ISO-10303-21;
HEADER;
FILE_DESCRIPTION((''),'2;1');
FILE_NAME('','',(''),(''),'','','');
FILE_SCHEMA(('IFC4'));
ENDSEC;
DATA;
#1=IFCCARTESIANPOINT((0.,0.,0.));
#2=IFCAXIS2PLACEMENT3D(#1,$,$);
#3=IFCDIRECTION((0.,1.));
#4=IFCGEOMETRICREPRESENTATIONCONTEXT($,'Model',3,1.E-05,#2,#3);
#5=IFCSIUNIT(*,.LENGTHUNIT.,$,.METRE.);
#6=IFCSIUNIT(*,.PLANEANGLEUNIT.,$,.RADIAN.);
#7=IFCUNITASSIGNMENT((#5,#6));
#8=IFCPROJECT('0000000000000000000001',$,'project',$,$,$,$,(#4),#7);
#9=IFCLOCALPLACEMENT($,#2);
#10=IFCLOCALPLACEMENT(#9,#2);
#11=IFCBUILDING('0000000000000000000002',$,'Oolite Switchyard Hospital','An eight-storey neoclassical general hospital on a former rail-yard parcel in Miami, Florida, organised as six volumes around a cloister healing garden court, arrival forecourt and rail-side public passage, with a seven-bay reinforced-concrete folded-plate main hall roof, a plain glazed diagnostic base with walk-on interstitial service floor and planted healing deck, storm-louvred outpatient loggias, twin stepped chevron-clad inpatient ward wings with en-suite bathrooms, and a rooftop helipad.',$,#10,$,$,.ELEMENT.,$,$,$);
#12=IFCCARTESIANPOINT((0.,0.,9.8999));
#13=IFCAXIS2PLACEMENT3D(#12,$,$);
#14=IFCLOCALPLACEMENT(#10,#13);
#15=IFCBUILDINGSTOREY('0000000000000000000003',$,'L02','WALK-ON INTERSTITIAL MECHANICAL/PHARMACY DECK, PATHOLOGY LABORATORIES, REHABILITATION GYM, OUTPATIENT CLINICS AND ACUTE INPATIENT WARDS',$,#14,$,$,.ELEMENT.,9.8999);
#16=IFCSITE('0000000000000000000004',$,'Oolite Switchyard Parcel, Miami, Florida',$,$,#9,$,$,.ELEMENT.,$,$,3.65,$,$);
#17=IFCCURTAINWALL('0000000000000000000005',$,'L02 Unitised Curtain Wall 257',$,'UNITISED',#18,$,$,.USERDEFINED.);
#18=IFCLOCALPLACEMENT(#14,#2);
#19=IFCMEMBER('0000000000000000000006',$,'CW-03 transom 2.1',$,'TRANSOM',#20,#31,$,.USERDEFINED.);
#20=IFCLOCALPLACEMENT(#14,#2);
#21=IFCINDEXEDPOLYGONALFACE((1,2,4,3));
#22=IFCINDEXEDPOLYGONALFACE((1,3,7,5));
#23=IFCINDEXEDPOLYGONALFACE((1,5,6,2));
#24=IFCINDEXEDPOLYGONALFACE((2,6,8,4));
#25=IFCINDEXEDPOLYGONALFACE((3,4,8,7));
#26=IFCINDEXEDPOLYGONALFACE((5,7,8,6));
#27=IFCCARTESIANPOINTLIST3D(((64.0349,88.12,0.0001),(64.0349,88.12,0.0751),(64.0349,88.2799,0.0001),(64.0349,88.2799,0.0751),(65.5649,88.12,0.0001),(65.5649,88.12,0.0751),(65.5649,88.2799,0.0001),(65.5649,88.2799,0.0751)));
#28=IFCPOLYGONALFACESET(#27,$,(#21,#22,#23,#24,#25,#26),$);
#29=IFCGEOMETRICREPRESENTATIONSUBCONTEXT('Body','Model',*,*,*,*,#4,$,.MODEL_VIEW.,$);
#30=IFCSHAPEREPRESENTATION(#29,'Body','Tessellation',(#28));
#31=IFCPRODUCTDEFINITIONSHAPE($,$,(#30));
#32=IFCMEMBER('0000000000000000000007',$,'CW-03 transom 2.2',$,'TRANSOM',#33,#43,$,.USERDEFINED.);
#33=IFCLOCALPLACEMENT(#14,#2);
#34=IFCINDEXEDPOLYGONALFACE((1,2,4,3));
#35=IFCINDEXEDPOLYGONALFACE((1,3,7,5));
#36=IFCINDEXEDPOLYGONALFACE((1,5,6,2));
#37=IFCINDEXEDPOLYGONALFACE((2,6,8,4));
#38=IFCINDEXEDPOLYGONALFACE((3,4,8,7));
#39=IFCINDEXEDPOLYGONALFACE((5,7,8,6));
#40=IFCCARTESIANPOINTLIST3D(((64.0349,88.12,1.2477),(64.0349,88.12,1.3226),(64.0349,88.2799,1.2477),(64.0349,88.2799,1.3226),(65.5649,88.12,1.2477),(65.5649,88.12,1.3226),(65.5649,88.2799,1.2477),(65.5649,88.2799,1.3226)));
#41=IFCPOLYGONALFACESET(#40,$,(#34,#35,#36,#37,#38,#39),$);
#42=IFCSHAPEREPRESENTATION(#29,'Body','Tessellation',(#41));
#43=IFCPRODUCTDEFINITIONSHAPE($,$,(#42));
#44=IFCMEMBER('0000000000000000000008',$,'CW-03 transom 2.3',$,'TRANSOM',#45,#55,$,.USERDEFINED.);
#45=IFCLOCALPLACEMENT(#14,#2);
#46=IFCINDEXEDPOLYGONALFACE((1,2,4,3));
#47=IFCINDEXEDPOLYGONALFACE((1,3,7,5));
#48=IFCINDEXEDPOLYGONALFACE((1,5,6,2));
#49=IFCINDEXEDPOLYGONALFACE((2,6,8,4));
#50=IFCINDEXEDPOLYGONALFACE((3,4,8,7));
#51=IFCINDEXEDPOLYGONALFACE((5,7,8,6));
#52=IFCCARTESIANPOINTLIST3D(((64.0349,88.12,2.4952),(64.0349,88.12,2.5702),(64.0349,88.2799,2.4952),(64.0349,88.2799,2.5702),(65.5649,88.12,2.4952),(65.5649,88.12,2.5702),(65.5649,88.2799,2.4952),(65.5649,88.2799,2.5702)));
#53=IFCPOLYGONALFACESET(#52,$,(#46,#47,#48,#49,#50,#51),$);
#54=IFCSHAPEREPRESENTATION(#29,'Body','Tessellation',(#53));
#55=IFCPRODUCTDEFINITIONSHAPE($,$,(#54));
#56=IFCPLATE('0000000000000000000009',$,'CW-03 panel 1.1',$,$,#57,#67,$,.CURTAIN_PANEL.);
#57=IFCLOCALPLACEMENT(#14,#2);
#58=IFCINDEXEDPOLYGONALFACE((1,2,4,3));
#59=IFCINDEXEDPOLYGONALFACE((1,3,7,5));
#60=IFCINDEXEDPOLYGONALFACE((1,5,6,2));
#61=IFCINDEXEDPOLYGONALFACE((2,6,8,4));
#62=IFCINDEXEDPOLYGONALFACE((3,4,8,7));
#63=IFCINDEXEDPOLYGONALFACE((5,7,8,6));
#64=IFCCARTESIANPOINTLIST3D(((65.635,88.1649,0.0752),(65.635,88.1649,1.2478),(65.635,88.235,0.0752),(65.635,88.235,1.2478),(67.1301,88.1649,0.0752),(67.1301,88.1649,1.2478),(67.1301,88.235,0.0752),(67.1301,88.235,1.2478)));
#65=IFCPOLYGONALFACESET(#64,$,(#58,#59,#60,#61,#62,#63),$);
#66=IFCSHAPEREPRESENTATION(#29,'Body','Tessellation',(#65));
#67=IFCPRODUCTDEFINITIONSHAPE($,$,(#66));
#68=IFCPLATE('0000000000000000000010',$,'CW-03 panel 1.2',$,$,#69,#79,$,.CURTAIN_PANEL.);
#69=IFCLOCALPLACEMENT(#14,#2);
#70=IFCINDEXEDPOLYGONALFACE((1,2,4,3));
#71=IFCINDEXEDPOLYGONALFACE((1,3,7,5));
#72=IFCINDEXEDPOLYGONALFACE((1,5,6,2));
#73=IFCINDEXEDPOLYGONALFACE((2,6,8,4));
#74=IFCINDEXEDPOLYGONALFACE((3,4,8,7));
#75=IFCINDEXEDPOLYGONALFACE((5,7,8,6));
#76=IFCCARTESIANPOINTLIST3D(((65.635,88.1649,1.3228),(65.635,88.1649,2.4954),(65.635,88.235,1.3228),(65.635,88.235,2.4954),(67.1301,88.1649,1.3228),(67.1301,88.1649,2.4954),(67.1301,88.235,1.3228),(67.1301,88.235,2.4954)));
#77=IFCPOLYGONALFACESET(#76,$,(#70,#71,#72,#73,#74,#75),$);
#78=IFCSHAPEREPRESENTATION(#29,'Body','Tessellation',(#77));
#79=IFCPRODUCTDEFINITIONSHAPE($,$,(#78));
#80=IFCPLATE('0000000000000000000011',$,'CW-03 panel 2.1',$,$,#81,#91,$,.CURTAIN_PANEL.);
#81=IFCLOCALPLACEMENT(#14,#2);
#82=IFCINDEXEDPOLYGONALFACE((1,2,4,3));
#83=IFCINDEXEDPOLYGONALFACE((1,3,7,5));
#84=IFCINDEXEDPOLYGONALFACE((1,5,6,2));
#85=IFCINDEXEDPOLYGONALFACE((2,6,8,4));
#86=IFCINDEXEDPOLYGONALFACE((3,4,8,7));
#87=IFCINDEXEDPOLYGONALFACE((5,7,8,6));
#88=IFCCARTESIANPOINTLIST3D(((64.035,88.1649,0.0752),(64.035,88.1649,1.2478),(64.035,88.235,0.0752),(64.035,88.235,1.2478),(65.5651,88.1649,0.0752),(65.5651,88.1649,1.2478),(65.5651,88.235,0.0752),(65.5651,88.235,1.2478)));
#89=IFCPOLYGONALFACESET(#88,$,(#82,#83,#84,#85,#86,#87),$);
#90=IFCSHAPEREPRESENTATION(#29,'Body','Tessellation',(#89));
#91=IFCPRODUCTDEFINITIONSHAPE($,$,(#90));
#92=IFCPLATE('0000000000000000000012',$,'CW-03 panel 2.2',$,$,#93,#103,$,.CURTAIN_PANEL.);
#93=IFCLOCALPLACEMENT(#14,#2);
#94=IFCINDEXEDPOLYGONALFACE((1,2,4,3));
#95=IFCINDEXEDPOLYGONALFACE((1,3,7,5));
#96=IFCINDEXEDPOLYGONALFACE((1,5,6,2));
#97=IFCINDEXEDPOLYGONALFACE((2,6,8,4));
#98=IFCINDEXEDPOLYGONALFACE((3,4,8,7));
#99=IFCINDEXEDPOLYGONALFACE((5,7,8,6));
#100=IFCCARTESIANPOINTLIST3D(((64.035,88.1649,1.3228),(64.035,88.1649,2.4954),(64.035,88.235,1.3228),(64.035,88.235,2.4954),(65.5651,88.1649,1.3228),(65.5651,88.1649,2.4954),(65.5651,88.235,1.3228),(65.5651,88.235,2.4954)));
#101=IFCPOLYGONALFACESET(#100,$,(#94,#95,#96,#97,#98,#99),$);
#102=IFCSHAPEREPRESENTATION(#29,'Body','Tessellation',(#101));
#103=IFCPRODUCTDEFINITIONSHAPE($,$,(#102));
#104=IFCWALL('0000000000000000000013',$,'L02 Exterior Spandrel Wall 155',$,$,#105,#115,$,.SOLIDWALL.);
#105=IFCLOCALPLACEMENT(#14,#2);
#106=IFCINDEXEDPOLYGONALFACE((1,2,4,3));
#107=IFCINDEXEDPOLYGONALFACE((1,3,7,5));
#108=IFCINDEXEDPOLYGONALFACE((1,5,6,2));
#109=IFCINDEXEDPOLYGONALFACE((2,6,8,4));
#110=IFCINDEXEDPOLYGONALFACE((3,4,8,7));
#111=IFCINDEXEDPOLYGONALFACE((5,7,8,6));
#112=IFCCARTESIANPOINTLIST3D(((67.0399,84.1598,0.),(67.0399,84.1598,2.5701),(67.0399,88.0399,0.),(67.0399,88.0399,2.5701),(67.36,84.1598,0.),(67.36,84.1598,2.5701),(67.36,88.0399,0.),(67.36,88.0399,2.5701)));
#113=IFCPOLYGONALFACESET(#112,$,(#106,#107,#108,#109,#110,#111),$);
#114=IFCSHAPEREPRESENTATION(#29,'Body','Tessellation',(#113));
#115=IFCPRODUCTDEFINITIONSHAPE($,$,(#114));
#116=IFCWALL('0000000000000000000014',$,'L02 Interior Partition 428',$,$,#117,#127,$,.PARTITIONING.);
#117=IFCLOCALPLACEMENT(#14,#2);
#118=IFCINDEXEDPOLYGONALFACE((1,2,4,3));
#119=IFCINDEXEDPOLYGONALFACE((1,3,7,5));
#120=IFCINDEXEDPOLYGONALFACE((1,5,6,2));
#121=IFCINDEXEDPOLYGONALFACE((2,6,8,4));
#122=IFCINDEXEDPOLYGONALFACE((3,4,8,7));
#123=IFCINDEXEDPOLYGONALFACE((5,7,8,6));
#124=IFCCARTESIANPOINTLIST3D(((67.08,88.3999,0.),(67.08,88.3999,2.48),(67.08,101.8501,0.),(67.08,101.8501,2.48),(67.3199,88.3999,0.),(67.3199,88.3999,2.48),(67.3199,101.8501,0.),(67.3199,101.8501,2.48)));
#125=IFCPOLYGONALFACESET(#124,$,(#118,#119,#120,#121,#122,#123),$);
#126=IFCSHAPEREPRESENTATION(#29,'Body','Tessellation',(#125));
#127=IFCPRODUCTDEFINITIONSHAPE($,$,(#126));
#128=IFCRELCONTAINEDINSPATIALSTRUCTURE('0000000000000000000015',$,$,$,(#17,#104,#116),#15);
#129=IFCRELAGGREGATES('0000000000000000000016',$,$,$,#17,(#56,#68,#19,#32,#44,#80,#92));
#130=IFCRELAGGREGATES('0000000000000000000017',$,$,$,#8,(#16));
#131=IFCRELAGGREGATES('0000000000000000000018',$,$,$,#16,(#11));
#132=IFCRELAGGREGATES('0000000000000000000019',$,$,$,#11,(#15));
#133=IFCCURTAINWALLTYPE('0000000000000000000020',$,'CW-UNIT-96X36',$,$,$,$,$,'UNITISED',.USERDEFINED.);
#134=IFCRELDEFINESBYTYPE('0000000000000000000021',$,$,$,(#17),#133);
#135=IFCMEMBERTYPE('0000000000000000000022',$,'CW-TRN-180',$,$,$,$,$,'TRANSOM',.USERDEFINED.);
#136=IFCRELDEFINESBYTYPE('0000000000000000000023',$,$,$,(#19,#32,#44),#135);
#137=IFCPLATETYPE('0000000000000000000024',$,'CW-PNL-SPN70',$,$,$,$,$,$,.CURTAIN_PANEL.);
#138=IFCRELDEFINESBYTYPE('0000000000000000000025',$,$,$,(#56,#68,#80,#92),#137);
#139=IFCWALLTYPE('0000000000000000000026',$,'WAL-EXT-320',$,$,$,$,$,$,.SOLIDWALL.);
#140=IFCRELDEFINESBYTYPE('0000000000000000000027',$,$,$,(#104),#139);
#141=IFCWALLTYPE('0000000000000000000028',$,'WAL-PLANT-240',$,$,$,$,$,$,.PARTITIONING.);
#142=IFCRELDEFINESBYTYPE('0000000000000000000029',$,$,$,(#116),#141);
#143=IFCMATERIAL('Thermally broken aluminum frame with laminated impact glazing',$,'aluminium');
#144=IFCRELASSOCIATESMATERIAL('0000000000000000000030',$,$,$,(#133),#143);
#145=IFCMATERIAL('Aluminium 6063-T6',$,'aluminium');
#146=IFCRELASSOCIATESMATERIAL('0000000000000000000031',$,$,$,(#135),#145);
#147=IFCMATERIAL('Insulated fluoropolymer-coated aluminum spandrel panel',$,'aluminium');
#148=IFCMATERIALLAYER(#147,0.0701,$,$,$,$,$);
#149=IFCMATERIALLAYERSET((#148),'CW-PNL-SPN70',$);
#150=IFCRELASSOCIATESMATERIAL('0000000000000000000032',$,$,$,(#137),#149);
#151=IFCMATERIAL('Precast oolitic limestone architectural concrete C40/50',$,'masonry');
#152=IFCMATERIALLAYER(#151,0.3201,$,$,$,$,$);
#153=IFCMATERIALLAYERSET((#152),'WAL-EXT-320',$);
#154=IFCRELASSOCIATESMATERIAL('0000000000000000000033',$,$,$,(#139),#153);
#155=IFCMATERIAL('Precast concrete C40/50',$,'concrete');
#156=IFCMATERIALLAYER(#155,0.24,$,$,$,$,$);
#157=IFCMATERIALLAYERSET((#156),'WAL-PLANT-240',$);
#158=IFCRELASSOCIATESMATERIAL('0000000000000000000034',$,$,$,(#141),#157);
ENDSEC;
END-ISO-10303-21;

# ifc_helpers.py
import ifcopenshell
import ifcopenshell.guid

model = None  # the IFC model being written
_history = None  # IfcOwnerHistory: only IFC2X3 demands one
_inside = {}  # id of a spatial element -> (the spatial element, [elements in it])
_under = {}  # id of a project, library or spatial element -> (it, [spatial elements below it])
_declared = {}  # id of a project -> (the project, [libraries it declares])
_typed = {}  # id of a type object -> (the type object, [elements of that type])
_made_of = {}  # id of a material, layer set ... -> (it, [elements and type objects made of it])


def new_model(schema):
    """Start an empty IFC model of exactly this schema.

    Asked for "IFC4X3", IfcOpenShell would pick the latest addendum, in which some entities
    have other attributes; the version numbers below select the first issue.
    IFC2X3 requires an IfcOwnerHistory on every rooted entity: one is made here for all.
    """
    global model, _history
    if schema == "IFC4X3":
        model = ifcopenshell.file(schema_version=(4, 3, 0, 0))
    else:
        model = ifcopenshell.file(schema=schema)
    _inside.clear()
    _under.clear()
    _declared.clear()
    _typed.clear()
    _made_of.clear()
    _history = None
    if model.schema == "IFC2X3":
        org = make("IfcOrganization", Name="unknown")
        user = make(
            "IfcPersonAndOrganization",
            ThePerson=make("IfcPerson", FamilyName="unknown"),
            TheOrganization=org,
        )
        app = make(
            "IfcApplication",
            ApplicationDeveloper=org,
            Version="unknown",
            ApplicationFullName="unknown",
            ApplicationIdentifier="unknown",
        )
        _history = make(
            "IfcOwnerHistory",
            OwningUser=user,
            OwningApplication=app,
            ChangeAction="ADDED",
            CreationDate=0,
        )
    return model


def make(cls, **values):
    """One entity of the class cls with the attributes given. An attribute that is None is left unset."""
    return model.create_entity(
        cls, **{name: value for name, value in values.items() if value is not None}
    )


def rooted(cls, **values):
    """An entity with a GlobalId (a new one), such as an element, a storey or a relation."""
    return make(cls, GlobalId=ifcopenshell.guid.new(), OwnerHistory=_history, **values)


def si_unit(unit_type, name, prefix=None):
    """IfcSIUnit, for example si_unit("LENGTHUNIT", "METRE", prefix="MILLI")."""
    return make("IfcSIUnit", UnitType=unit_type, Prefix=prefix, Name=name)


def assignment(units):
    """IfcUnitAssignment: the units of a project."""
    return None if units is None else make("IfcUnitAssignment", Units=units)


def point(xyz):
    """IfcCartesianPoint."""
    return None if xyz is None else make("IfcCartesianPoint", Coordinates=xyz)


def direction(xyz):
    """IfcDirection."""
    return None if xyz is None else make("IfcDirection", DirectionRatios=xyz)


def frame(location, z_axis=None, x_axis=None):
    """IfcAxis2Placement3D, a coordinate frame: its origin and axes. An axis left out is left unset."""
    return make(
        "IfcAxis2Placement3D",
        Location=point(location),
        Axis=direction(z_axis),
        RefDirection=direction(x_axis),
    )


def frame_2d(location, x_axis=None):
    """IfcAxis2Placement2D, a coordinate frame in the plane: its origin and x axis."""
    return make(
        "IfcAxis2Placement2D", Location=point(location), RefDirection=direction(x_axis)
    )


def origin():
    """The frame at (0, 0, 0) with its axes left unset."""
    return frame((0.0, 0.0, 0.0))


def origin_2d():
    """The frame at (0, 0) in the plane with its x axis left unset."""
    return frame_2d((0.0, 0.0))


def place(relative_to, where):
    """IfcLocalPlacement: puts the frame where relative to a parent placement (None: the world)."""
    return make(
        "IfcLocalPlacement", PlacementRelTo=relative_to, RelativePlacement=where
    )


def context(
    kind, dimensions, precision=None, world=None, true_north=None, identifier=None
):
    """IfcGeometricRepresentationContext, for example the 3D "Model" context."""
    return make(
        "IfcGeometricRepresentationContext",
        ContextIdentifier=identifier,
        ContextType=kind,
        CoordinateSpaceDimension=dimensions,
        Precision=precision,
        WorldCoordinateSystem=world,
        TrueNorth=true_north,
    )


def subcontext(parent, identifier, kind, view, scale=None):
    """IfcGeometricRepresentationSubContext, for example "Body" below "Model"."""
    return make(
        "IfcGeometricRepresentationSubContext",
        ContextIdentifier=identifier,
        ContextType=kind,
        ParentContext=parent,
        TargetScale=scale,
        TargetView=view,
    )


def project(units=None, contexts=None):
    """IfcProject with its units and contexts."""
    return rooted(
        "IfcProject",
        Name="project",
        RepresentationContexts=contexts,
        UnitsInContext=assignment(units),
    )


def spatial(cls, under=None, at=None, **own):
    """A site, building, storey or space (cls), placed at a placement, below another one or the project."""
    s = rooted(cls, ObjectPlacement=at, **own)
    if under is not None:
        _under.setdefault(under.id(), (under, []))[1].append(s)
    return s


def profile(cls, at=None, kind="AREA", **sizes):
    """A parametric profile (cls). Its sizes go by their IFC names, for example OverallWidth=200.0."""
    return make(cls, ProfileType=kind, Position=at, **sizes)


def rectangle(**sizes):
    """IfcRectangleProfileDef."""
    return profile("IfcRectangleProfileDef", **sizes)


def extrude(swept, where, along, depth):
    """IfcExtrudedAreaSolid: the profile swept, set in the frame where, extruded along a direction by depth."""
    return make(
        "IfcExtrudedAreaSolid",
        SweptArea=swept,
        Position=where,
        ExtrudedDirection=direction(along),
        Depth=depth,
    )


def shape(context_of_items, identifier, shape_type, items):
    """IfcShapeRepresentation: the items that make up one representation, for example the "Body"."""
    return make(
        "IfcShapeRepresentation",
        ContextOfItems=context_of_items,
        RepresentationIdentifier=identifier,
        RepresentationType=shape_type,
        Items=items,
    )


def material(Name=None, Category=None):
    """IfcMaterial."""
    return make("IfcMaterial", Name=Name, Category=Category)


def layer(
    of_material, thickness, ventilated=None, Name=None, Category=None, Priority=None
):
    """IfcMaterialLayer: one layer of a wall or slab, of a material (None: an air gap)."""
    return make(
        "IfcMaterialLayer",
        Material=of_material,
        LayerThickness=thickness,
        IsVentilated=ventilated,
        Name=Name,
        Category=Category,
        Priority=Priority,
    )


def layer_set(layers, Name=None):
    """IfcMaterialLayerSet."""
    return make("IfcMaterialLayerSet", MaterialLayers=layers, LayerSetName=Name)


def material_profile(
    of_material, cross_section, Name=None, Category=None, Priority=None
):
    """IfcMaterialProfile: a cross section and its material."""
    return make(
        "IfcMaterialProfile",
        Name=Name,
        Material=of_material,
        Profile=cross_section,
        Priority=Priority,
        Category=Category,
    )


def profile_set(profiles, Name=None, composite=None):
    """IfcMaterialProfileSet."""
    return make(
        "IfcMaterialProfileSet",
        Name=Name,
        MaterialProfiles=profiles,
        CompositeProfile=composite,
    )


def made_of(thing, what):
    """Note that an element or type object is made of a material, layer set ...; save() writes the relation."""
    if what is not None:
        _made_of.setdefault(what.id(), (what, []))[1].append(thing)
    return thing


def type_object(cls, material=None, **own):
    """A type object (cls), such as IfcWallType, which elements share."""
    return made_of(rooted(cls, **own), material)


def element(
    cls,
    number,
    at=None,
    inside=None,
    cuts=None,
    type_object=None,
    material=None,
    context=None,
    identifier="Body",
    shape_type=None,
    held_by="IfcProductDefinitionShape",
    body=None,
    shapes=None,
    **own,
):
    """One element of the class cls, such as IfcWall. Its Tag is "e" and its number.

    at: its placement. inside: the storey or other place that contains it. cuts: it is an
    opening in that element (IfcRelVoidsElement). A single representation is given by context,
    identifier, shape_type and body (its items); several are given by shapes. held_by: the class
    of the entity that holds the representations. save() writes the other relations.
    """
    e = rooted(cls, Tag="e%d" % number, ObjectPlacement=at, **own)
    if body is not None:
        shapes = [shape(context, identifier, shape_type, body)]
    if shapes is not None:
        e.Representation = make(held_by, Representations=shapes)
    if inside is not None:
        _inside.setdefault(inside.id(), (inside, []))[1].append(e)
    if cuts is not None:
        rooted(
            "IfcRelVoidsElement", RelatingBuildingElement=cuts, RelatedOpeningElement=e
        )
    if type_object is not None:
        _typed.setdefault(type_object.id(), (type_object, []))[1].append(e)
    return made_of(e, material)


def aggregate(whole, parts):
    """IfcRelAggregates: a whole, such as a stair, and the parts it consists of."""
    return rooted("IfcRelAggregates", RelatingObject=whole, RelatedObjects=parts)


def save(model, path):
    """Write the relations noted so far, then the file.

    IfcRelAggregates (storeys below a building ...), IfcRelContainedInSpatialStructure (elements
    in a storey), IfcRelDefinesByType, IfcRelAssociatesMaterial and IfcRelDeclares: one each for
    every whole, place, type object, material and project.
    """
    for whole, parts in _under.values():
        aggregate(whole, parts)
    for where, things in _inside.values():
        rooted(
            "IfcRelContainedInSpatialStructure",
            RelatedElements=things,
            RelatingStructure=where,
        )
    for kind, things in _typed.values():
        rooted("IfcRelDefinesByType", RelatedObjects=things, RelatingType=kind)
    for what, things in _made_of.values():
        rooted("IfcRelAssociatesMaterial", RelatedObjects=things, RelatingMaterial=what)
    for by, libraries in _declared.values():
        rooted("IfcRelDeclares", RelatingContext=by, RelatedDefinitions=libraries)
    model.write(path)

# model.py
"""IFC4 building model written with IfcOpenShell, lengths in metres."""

from ifc_helpers import new_model, si_unit, direction, frame, frame_2d, origin, origin_2d, place, context, subcontext, project, spatial, rectangle, extrude, material, layer, layer_set, material_profile, profile_set, type_object, element, aggregate, save


model = new_model("IFC4")

# Units and contexts
model_context = context("Model", 3, precision=1e-05, world=origin(), true_north=direction((0.0, 1.0)))
body_context = subcontext(model_context, "Body", "Model", "MODEL_VIEW")
ifc_project = project(units=[si_unit("LENGTHUNIT", "METRE"), si_unit("PLANEANGLEUNIT", "RADIAN")], contexts=[model_context])

# Site, building, storey
site_placement = place(None, origin())
site = spatial("IfcSite", under=ifc_project, at=site_placement, Name="Oolite Switchyard Parcel, Miami, Florida", CompositionType="ELEMENT", RefElevation=3.65)
building_placement = place(site_placement, origin())
building = spatial("IfcBuilding", under=site, at=building_placement, Name="Oolite Switchyard Hospital", Description="An eight-storey neoclassical general hospital on a former rail-yard parcel in Miami, Florida, organised as six volumes around a cloister healing garden court, arrival forecourt and rail-side public passage, with a seven-bay reinforced-concrete folded-plate main hall roof, a plain glazed diagnostic base with walk-on interstitial service floor and planted healing deck, storm-louvred outpatient loggias, twin stepped chevron-clad inpatient ward wings with en-suite bathrooms, and a rooftop helipad.", CompositionType="ELEMENT")
storey_placement = place(building_placement, frame((0.0, 0.0, 9.8999)))
storey = spatial("IfcBuildingStorey", under=building, at=storey_placement, Name="L02", Description="WALK-ON INTERSTITIAL MECHANICAL/PHARMACY DECK, PATHOLOGY LABORATORIES, REHABILITATION GYM, OUTPATIENT CLINICS AND ACUTE INPATIENT WARDS", CompositionType="ELEMENT", Elevation=9.8999)

# Curtain wall, members, plates
ifc_material_1 = material(Name="Thermally broken aluminum frame with laminated impact glazing", Category="aluminium")
curtain_wall_type = type_object("IfcCurtainWallType", Name="CW-UNIT-96X36", ElementType="UNITISED", PredefinedType="USERDEFINED", material=ifc_material_1)
curtain_wall_placement = place(storey_placement, origin())
curtain_wall = element("IfcCurtainWall", 1, at=curtain_wall_placement, inside=storey, type_object=curtain_wall_type, Name="L02 Unitised Curtain Wall 257", ObjectType="UNITISED", PredefinedType="USERDEFINED")
ifc_material_2 = material(Name="Aluminium 6063-T6", Category="aluminium")
ifc_material_profile_1 = material_profile(ifc_material_2, rectangle(XDim=0.1599, YDim=0.075, at=origin_2d()), Name="CWT75X160")
ifc_profile_set_1 = profile_set([ifc_material_profile_1], Name="Aluminium 6063-T6")
member_type_1 = type_object("IfcMemberType", Name="CW-TRN-180", ElementType="TRANSOM", PredefinedType="USERDEFINED", material=ifc_profile_set_1)
member_1_placement = place(storey_placement, frame((65.5649, 88.2, 0.0376), z_axis=(-1.0, 0.0, 0.0), x_axis=(0.0, -1.0, 0.0)))
member_1 = element("IfcMember", 2, at=member_1_placement, type_object=member_type_1, Name="CW-03 transom 2.1", ObjectType="TRANSOM", PredefinedType="USERDEFINED", context=body_context, shape_type="SweptSolid", body=[
    extrude(rectangle(XDim=0.1599, YDim=0.075, at=origin_2d()), origin(), (0.0, 0.0, 1.0), 1.53),
])
member_2_placement = place(storey_placement, frame((65.5649, 88.2, 1.2852), z_axis=(-1.0, 0.0, 0.0), x_axis=(0.0, -1.0, 0.0)))
member_2 = element("IfcMember", 3, at=member_2_placement, type_object=member_type_1, Name="CW-03 transom 2.2", ObjectType="TRANSOM", PredefinedType="USERDEFINED", context=body_context, shape_type="SweptSolid", body=[
    extrude(rectangle(XDim=0.1599, YDim=0.075, at=origin_2d()), origin(), (0.0, 0.0, 1.0), 1.53),
])
member_3_placement = place(storey_placement, frame((65.5649, 88.2, 2.5327), z_axis=(-1.0, 0.0, 0.0), x_axis=(0.0, -1.0, 0.0)))
member_3 = element("IfcMember", 4, at=member_3_placement, type_object=member_type_1, Name="CW-03 transom 2.3", ObjectType="TRANSOM", PredefinedType="USERDEFINED", context=body_context, shape_type="SweptSolid", body=[
    extrude(rectangle(XDim=0.1599, YDim=0.075, at=origin_2d()), origin(), (0.0, 0.0, 1.0), 1.53),
])
ifc_material_3 = material(Name="Insulated fluoropolymer-coated aluminum spandrel panel", Category="aluminium")
ifc_layer_1 = layer(ifc_material_3, 0.0701)
ifc_layer_set_1 = layer_set([ifc_layer_1], Name="CW-PNL-SPN70")
plate_type = type_object("IfcPlateType", Name="CW-PNL-SPN70", PredefinedType="CURTAIN_PANEL", material=ifc_layer_set_1)
plate_1_placement = place(storey_placement, frame((66.3826, 88.2, 0.0752), z_axis=(0.0, 0.0, 1.0), x_axis=(-1.0, 0.0, 0.0)))
plate_1 = element("IfcPlate", 5, at=plate_1_placement, type_object=plate_type, Name="CW-03 panel 1.1", PredefinedType="CURTAIN_PANEL", context=body_context, shape_type="SweptSolid", body=[
    extrude(rectangle(XDim=1.4951, YDim=0.0701, at=origin_2d()), origin(), (0.0, 0.0, 1.0), 1.1726),
])
plate_2_placement = place(storey_placement, frame((66.3826, 88.2, 1.3228), z_axis=(0.0, 0.0, 1.0), x_axis=(-1.0, 0.0, 0.0)))
plate_2 = element("IfcPlate", 6, at=plate_2_placement, type_object=plate_type, Name="CW-03 panel 1.2", PredefinedType="CURTAIN_PANEL", context=body_context, shape_type="SweptSolid", body=[
    extrude(rectangle(XDim=1.4951, YDim=0.0701, at=origin_2d()), origin(), (0.0, 0.0, 1.0), 1.1726),
])
plate_3_placement = place(storey_placement, frame((64.8, 88.2, 0.0752), z_axis=(0.0, 0.0, 1.0), x_axis=(-1.0, 0.0, 0.0)))
plate_3 = element("IfcPlate", 7, at=plate_3_placement, type_object=plate_type, Name="CW-03 panel 2.1", PredefinedType="CURTAIN_PANEL", context=body_context, shape_type="SweptSolid", body=[
    extrude(rectangle(XDim=1.53, YDim=0.0701, at=origin_2d()), origin(), (0.0, 0.0, 1.0), 1.1726),
])
plate_4_placement = place(storey_placement, frame((64.8, 88.2, 1.3228), z_axis=(0.0, 0.0, 1.0), x_axis=(-1.0, 0.0, 0.0)))
plate_4 = element("IfcPlate", 8, at=plate_4_placement, type_object=plate_type, Name="CW-03 panel 2.2", PredefinedType="CURTAIN_PANEL", context=body_context, shape_type="SweptSolid", body=[
    extrude(rectangle(XDim=1.53, YDim=0.0701, at=origin_2d()), origin(), (0.0, 0.0, 1.0), 1.1726),
])
aggregate(curtain_wall, [plate_1, plate_2, member_1, member_2, member_3, plate_3, plate_4])

# Walls
ifc_material_4 = material(Name="Precast oolitic limestone architectural concrete C40/50", Category="masonry")
ifc_layer_2 = layer(ifc_material_4, 0.3201)
ifc_layer_set_2 = layer_set([ifc_layer_2], Name="WAL-EXT-320")
wall_type_1 = type_object("IfcWallType", Name="WAL-EXT-320", PredefinedType="SOLIDWALL", material=ifc_layer_set_2)
wall_1_placement = place(storey_placement, frame((67.2, 84.1599, 0.0), z_axis=(0.0, 0.0, 1.0), x_axis=(0.0, 1.0, 0.0)))
element("IfcWall", 9, at=wall_1_placement, inside=storey, type_object=wall_type_1, Name="L02 Exterior Spandrel Wall 155", PredefinedType="SOLIDWALL", context=body_context, shape_type="SweptSolid", body=[
    extrude(rectangle(XDim=3.8801, YDim=0.3201, at=frame_2d((1.9399, 0.0))), origin(), (0.0, 0.0, 1.0), 2.5701),
])
ifc_material_5 = material(Name="Precast concrete C40/50", Category="concrete")
ifc_layer_3 = layer(ifc_material_5, 0.24)
ifc_layer_set_3 = layer_set([ifc_layer_3], Name="WAL-PLANT-240")
wall_type_2 = type_object("IfcWallType", Name="WAL-PLANT-240", PredefinedType="PARTITIONING", material=ifc_layer_set_3)
wall_2_placement = place(storey_placement, frame((67.2, 88.3999, 0.0), z_axis=(0.0, 0.0, 1.0), x_axis=(0.0, 1.0, 0.0)))
element("IfcWall", 10, at=wall_2_placement, inside=storey, type_object=wall_type_2, Name="L02 Interior Partition 428", PredefinedType="PARTITIONING", context=body_context, shape_type="SweptSolid", body=[
    extrude(rectangle(XDim=13.4502, YDim=0.24, at=frame_2d((6.7251, 0.0))), origin(), (0.0, 0.0, 1.0), 2.48),
])

save(model, "model.ifc")
